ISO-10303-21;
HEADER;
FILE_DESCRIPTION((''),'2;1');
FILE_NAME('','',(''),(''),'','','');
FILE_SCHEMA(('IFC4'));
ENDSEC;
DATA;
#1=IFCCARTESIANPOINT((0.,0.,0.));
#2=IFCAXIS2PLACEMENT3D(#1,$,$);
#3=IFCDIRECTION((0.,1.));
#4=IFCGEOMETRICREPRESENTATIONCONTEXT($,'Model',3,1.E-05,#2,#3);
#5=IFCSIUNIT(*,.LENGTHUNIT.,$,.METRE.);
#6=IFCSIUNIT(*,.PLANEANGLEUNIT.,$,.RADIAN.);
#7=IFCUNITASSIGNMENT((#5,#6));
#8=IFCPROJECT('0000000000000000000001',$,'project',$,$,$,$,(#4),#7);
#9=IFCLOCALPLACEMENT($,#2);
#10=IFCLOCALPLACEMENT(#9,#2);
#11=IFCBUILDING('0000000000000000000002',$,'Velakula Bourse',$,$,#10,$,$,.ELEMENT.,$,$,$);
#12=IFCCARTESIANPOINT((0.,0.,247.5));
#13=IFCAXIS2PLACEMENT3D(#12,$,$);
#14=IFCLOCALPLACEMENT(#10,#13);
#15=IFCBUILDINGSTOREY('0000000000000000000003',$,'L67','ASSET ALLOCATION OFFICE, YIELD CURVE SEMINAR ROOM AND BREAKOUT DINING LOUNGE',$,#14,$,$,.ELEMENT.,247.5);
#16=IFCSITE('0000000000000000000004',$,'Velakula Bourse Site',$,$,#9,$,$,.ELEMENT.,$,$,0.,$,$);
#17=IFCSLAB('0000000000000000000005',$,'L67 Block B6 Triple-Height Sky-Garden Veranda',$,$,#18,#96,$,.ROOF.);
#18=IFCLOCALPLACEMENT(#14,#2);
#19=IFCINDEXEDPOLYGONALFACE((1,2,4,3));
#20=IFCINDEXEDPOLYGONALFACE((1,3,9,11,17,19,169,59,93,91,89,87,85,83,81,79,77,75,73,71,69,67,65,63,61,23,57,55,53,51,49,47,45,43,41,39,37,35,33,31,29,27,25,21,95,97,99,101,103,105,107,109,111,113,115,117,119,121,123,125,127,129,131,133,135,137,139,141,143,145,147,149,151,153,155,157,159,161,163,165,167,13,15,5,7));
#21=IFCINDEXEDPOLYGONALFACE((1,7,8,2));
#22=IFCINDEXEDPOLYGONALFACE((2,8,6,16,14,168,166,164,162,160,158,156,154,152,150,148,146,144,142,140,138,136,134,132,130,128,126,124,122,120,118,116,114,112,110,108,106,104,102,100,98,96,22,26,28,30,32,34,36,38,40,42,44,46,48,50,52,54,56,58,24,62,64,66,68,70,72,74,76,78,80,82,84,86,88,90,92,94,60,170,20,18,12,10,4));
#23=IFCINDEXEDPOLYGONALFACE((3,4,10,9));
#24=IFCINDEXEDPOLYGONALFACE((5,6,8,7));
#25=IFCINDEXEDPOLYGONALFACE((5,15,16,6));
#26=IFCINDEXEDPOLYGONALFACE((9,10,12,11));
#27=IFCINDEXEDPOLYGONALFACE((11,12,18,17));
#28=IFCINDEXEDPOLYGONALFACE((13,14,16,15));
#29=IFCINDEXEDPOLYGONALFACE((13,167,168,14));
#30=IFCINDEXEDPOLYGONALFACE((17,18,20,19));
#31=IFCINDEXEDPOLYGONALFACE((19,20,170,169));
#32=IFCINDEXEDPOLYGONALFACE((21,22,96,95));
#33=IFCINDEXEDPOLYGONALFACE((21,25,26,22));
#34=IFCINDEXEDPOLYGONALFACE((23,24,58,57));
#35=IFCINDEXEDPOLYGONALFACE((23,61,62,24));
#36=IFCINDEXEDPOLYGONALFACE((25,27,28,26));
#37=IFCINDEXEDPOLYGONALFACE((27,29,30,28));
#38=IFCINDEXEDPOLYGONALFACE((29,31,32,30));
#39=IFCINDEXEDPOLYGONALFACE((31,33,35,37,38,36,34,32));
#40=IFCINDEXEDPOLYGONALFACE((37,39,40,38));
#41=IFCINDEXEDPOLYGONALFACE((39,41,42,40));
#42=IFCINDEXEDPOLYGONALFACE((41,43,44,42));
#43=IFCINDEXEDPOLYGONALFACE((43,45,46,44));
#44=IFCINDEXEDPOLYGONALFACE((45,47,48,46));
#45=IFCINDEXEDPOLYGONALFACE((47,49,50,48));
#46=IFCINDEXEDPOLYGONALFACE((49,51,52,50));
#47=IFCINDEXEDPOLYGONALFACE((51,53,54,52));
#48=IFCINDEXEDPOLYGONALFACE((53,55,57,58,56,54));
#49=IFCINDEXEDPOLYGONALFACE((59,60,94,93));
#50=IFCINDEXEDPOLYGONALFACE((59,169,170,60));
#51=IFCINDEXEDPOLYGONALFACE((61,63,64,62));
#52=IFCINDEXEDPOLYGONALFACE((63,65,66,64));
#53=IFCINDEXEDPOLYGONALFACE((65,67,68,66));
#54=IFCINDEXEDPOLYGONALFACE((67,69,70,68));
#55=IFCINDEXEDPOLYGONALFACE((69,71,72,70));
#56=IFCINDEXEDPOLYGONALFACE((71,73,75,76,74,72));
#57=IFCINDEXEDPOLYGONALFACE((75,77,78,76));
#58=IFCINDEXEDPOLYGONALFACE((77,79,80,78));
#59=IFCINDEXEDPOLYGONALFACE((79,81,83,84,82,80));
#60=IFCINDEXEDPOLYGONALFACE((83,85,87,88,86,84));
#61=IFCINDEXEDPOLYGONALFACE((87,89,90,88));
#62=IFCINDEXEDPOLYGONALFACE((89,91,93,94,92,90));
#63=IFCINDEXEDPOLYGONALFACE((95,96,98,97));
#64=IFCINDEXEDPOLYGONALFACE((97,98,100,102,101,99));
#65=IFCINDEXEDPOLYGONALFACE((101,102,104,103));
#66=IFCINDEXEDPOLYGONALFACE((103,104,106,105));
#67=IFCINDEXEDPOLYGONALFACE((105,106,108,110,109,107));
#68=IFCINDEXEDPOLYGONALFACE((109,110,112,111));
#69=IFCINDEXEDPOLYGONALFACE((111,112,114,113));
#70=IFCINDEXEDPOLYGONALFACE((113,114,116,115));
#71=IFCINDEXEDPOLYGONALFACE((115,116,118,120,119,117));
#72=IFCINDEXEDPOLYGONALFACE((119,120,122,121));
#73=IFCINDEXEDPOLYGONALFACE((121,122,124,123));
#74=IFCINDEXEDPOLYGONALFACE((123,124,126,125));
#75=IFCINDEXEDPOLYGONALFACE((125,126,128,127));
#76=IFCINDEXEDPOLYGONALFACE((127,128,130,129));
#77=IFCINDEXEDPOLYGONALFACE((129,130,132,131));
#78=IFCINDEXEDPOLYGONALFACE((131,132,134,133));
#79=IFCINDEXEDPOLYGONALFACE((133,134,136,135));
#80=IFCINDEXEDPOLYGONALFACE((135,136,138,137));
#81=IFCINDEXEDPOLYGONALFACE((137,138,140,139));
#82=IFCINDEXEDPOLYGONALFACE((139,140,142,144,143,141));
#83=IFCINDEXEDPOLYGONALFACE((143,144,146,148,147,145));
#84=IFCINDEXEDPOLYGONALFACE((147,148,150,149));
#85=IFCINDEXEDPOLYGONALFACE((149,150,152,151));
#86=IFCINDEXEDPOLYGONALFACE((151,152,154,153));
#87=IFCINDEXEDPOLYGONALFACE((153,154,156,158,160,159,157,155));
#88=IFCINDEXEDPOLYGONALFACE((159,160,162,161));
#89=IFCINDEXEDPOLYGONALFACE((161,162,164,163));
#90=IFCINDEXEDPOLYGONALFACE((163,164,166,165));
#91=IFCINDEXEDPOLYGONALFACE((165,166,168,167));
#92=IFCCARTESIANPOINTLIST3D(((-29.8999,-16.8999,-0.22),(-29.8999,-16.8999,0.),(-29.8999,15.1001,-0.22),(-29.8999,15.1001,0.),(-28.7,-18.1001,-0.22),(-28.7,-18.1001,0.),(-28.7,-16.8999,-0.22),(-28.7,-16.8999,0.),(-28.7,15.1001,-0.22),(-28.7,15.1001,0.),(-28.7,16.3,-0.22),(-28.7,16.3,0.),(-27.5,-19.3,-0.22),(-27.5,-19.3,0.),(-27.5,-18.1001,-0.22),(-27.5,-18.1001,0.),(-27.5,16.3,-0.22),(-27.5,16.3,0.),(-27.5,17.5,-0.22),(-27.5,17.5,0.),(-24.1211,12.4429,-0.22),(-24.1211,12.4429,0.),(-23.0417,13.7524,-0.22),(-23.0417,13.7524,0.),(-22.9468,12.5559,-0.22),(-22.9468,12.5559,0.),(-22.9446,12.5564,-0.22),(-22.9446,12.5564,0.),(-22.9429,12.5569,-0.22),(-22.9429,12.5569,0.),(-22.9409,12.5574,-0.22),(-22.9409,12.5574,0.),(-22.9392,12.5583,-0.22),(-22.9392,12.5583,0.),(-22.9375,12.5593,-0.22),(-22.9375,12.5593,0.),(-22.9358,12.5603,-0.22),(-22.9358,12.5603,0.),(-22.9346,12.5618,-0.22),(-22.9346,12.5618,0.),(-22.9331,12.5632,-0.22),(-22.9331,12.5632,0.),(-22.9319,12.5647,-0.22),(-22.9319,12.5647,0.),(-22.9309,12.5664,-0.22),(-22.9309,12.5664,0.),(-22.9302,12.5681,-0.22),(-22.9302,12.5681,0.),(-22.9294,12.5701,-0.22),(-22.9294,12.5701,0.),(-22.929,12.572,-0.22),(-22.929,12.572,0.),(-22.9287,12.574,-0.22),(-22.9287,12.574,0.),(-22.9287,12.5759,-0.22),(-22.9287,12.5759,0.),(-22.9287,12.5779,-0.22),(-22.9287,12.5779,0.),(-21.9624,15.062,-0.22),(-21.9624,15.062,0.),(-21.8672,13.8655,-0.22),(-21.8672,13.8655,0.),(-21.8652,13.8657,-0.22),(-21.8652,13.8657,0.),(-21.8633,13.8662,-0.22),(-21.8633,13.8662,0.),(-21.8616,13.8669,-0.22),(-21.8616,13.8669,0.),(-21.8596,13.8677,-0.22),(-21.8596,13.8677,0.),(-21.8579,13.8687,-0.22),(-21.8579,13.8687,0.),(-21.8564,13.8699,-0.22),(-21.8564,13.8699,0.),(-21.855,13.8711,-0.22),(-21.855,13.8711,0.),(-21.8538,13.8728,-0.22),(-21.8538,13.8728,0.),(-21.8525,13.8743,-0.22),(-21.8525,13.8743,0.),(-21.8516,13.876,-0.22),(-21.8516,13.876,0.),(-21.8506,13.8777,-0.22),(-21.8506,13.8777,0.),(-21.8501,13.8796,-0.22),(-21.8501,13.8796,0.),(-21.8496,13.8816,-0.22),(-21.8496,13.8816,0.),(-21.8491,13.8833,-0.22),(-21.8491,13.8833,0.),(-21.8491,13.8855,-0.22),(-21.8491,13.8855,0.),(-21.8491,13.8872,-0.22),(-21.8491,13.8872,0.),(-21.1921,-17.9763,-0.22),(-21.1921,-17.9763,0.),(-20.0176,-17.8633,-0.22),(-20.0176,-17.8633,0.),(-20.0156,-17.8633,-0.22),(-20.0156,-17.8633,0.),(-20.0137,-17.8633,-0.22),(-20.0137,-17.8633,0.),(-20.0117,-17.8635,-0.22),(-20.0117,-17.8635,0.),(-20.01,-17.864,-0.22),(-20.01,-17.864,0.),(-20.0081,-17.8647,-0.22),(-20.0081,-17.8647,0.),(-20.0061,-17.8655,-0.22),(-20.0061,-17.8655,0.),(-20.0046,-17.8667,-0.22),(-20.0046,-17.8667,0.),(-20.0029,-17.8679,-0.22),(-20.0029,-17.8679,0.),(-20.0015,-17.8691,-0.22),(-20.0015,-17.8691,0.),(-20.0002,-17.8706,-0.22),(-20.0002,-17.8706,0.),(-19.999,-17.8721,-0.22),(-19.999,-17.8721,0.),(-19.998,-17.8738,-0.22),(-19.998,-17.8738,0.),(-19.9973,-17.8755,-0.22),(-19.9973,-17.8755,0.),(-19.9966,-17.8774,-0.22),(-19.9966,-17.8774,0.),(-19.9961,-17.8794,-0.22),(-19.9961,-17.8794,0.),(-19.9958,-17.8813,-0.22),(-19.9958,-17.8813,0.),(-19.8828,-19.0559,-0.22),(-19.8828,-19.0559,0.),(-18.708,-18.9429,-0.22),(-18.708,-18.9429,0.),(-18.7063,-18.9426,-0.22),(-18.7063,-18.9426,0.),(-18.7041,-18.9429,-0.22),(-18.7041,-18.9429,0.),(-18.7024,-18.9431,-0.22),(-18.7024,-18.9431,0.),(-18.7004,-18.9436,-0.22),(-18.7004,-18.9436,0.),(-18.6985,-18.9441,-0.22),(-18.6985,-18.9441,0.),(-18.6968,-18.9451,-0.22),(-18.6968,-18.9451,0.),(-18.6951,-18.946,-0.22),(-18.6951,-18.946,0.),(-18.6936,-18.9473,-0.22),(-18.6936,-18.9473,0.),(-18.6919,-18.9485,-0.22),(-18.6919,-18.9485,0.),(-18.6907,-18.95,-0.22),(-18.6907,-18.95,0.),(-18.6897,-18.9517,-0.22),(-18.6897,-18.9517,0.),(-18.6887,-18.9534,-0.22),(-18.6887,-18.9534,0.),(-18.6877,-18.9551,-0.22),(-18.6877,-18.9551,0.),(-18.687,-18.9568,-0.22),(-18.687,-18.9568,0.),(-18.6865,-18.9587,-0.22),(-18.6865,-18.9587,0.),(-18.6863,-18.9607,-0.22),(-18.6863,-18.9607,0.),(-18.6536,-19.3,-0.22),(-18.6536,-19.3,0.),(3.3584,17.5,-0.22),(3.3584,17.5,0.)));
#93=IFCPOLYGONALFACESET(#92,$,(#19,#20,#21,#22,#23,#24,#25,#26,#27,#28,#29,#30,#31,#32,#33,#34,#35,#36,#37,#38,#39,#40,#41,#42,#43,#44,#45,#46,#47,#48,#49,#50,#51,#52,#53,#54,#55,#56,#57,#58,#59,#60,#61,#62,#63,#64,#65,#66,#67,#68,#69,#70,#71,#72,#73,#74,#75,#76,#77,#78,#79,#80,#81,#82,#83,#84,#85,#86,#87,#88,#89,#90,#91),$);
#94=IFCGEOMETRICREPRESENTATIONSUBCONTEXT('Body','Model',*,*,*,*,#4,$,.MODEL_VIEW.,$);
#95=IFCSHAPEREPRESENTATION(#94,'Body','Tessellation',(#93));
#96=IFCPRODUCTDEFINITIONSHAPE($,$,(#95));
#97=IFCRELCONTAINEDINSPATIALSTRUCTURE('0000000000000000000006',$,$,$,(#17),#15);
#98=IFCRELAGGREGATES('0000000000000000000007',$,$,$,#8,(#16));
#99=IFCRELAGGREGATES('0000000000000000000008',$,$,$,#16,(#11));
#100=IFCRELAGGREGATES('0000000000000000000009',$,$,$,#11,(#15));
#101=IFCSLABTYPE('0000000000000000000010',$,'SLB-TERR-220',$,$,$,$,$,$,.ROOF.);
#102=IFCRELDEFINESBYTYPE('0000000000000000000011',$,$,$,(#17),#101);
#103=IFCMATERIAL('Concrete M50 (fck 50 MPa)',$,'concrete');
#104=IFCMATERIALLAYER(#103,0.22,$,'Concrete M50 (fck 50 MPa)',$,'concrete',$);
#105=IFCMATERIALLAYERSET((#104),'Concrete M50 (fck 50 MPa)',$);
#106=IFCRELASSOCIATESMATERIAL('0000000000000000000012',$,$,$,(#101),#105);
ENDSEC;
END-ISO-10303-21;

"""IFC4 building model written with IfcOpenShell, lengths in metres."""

from ifc_helpers import new_model, si_unit, direction, frame, origin, place, context, subcontext, project, spatial, polyline, outline, extrude, material, layer, layer_set, type_object, element, save


model = new_model("IFC4")

# Units and contexts
model_context = context("Model", 3, precision=1e-05, world=origin(), true_north=direction((0.0, 1.0)))
body_context = subcontext(model_context, "Body", "Model", "MODEL_VIEW")
ifc_project = project(units=[si_unit("LENGTHUNIT", "METRE"), si_unit("PLANEANGLEUNIT", "RADIAN")], contexts=[model_context])

# Site, building, storey
site_placement = place(None, origin())
site = spatial("IfcSite", under=ifc_project, at=site_placement, Name="Velakula Bourse Site", CompositionType="ELEMENT", RefElevation=0.0)
building_placement = place(site_placement, origin())
building = spatial("IfcBuilding", under=site, at=building_placement, Name="Velakula Bourse", CompositionType="ELEMENT")
storey_placement = place(building_placement, frame((0.0, 0.0, 247.5)))
storey = spatial("IfcBuildingStorey", under=building, at=storey_placement, Name="L67", Description="ASSET ALLOCATION OFFICE, YIELD CURVE SEMINAR ROOM AND BREAKOUT DINING LOUNGE", CompositionType="ELEMENT", Elevation=247.5)

# Shared definitions
ifc_material_1 = material(Name="Concrete M50 (fck 50 MPa)", Category="concrete")

# Slab
ifc_layer_1 = layer(ifc_material_1, 0.22, Name="Concrete M50 (fck 50 MPa)", Category="concrete")
ifc_layer_set_1 = layer_set([ifc_layer_1], Name="Concrete M50 (fck 50 MPa)")
slab_type_1 = type_object("IfcSlabType", Name="SLB-TERR-220", PredefinedType="ROOF", material=ifc_layer_set_1)
slab_1_placement = place(storey_placement, frame((0.0, 0.0, -0.22)))
element("IfcSlab", 1, at=slab_1_placement, inside=storey, type_object=slab_type_1, Name="L67 Block B6 Triple-Height Sky-Garden Veranda", PredefinedType="ROOF", context=body_context, shape_type="SweptSolid", body=[
    extrude(outline(polyline([(-27.5, -19.3), (-27.5, -18.1001), (-28.7, -18.1001), (-28.7, -16.8999), (-29.8999, -16.8999), (-29.8999, 15.1001), (-28.7, 15.1001), (-28.7, 16.3), (-27.5, 16.3), (-27.5, 17.5), (3.3584, 17.5), (-21.9624, 15.062), (-21.8491, 13.8872), (-21.8491, 13.8855), (-21.8491, 13.8833), (-21.8496, 13.8816), (-21.8501, 13.8796), (-21.8506, 13.8777), (-21.8516, 13.876), (-21.8525, 13.8743), (-21.8538, 13.8728), (-21.855, 13.8711), (-21.8564, 13.8699), (-21.8579, 13.8687), (-21.8596, 13.8677), (-21.8616, 13.8669), (-21.8633, 13.8662), (-21.8652, 13.8657), (-21.8672, 13.8655), (-23.0417, 13.7524), (-22.9287, 12.5779), (-22.9287, 12.5759), (-22.9287, 12.574), (-22.929, 12.572), (-22.9294, 12.5701), (-22.9302, 12.5681), (-22.9309, 12.5664), (-22.9319, 12.5647), (-22.9331, 12.5632), (-22.9346, 12.5618), (-22.9358, 12.5603), (-22.9375, 12.5593), (-22.9392, 12.5583), (-22.9409, 12.5574), (-22.9429, 12.5569), (-22.9446, 12.5564), (-22.9468, 12.5559), (-24.1211, 12.4429), (-21.1921, -17.9763), (-20.0176, -17.8633), (-20.0156, -17.8633), (-20.0137, -17.8633), (-20.0117, -17.8635), (-20.01, -17.864), (-20.0081, -17.8647), (-20.0061, -17.8655), (-20.0046, -17.8667), (-20.0029, -17.8679), (-20.0015, -17.8691), (-20.0002, -17.8706), (-19.999, -17.8721), (-19.998, -17.8738), (-19.9973, -17.8755), (-19.9966, -17.8774), (-19.9961, -17.8794), (-19.9958, -17.8813), (-19.8828, -19.0559), (-18.708, -18.9429), (-18.7063, -18.9426), (-18.7041, -18.9429), (-18.7024, -18.9431), (-18.7004, -18.9436), (-18.6985, -18.9441), (-18.6968, -18.9451), (-18.6951, -18.946), (-18.6936, -18.9473), (-18.6919, -18.9485), (-18.6907, -18.95), (-18.6897, -18.9517), (-18.6887, -18.9534), (-18.6877, -18.9551), (-18.687, -18.9568), (-18.6865, -18.9587), (-18.6863, -18.9607), (-18.6536, -19.3), (-27.5, -19.3)])), origin(), (0.0, 0.0, 1.0), 0.22),
])

save(model, "model.ifc")
